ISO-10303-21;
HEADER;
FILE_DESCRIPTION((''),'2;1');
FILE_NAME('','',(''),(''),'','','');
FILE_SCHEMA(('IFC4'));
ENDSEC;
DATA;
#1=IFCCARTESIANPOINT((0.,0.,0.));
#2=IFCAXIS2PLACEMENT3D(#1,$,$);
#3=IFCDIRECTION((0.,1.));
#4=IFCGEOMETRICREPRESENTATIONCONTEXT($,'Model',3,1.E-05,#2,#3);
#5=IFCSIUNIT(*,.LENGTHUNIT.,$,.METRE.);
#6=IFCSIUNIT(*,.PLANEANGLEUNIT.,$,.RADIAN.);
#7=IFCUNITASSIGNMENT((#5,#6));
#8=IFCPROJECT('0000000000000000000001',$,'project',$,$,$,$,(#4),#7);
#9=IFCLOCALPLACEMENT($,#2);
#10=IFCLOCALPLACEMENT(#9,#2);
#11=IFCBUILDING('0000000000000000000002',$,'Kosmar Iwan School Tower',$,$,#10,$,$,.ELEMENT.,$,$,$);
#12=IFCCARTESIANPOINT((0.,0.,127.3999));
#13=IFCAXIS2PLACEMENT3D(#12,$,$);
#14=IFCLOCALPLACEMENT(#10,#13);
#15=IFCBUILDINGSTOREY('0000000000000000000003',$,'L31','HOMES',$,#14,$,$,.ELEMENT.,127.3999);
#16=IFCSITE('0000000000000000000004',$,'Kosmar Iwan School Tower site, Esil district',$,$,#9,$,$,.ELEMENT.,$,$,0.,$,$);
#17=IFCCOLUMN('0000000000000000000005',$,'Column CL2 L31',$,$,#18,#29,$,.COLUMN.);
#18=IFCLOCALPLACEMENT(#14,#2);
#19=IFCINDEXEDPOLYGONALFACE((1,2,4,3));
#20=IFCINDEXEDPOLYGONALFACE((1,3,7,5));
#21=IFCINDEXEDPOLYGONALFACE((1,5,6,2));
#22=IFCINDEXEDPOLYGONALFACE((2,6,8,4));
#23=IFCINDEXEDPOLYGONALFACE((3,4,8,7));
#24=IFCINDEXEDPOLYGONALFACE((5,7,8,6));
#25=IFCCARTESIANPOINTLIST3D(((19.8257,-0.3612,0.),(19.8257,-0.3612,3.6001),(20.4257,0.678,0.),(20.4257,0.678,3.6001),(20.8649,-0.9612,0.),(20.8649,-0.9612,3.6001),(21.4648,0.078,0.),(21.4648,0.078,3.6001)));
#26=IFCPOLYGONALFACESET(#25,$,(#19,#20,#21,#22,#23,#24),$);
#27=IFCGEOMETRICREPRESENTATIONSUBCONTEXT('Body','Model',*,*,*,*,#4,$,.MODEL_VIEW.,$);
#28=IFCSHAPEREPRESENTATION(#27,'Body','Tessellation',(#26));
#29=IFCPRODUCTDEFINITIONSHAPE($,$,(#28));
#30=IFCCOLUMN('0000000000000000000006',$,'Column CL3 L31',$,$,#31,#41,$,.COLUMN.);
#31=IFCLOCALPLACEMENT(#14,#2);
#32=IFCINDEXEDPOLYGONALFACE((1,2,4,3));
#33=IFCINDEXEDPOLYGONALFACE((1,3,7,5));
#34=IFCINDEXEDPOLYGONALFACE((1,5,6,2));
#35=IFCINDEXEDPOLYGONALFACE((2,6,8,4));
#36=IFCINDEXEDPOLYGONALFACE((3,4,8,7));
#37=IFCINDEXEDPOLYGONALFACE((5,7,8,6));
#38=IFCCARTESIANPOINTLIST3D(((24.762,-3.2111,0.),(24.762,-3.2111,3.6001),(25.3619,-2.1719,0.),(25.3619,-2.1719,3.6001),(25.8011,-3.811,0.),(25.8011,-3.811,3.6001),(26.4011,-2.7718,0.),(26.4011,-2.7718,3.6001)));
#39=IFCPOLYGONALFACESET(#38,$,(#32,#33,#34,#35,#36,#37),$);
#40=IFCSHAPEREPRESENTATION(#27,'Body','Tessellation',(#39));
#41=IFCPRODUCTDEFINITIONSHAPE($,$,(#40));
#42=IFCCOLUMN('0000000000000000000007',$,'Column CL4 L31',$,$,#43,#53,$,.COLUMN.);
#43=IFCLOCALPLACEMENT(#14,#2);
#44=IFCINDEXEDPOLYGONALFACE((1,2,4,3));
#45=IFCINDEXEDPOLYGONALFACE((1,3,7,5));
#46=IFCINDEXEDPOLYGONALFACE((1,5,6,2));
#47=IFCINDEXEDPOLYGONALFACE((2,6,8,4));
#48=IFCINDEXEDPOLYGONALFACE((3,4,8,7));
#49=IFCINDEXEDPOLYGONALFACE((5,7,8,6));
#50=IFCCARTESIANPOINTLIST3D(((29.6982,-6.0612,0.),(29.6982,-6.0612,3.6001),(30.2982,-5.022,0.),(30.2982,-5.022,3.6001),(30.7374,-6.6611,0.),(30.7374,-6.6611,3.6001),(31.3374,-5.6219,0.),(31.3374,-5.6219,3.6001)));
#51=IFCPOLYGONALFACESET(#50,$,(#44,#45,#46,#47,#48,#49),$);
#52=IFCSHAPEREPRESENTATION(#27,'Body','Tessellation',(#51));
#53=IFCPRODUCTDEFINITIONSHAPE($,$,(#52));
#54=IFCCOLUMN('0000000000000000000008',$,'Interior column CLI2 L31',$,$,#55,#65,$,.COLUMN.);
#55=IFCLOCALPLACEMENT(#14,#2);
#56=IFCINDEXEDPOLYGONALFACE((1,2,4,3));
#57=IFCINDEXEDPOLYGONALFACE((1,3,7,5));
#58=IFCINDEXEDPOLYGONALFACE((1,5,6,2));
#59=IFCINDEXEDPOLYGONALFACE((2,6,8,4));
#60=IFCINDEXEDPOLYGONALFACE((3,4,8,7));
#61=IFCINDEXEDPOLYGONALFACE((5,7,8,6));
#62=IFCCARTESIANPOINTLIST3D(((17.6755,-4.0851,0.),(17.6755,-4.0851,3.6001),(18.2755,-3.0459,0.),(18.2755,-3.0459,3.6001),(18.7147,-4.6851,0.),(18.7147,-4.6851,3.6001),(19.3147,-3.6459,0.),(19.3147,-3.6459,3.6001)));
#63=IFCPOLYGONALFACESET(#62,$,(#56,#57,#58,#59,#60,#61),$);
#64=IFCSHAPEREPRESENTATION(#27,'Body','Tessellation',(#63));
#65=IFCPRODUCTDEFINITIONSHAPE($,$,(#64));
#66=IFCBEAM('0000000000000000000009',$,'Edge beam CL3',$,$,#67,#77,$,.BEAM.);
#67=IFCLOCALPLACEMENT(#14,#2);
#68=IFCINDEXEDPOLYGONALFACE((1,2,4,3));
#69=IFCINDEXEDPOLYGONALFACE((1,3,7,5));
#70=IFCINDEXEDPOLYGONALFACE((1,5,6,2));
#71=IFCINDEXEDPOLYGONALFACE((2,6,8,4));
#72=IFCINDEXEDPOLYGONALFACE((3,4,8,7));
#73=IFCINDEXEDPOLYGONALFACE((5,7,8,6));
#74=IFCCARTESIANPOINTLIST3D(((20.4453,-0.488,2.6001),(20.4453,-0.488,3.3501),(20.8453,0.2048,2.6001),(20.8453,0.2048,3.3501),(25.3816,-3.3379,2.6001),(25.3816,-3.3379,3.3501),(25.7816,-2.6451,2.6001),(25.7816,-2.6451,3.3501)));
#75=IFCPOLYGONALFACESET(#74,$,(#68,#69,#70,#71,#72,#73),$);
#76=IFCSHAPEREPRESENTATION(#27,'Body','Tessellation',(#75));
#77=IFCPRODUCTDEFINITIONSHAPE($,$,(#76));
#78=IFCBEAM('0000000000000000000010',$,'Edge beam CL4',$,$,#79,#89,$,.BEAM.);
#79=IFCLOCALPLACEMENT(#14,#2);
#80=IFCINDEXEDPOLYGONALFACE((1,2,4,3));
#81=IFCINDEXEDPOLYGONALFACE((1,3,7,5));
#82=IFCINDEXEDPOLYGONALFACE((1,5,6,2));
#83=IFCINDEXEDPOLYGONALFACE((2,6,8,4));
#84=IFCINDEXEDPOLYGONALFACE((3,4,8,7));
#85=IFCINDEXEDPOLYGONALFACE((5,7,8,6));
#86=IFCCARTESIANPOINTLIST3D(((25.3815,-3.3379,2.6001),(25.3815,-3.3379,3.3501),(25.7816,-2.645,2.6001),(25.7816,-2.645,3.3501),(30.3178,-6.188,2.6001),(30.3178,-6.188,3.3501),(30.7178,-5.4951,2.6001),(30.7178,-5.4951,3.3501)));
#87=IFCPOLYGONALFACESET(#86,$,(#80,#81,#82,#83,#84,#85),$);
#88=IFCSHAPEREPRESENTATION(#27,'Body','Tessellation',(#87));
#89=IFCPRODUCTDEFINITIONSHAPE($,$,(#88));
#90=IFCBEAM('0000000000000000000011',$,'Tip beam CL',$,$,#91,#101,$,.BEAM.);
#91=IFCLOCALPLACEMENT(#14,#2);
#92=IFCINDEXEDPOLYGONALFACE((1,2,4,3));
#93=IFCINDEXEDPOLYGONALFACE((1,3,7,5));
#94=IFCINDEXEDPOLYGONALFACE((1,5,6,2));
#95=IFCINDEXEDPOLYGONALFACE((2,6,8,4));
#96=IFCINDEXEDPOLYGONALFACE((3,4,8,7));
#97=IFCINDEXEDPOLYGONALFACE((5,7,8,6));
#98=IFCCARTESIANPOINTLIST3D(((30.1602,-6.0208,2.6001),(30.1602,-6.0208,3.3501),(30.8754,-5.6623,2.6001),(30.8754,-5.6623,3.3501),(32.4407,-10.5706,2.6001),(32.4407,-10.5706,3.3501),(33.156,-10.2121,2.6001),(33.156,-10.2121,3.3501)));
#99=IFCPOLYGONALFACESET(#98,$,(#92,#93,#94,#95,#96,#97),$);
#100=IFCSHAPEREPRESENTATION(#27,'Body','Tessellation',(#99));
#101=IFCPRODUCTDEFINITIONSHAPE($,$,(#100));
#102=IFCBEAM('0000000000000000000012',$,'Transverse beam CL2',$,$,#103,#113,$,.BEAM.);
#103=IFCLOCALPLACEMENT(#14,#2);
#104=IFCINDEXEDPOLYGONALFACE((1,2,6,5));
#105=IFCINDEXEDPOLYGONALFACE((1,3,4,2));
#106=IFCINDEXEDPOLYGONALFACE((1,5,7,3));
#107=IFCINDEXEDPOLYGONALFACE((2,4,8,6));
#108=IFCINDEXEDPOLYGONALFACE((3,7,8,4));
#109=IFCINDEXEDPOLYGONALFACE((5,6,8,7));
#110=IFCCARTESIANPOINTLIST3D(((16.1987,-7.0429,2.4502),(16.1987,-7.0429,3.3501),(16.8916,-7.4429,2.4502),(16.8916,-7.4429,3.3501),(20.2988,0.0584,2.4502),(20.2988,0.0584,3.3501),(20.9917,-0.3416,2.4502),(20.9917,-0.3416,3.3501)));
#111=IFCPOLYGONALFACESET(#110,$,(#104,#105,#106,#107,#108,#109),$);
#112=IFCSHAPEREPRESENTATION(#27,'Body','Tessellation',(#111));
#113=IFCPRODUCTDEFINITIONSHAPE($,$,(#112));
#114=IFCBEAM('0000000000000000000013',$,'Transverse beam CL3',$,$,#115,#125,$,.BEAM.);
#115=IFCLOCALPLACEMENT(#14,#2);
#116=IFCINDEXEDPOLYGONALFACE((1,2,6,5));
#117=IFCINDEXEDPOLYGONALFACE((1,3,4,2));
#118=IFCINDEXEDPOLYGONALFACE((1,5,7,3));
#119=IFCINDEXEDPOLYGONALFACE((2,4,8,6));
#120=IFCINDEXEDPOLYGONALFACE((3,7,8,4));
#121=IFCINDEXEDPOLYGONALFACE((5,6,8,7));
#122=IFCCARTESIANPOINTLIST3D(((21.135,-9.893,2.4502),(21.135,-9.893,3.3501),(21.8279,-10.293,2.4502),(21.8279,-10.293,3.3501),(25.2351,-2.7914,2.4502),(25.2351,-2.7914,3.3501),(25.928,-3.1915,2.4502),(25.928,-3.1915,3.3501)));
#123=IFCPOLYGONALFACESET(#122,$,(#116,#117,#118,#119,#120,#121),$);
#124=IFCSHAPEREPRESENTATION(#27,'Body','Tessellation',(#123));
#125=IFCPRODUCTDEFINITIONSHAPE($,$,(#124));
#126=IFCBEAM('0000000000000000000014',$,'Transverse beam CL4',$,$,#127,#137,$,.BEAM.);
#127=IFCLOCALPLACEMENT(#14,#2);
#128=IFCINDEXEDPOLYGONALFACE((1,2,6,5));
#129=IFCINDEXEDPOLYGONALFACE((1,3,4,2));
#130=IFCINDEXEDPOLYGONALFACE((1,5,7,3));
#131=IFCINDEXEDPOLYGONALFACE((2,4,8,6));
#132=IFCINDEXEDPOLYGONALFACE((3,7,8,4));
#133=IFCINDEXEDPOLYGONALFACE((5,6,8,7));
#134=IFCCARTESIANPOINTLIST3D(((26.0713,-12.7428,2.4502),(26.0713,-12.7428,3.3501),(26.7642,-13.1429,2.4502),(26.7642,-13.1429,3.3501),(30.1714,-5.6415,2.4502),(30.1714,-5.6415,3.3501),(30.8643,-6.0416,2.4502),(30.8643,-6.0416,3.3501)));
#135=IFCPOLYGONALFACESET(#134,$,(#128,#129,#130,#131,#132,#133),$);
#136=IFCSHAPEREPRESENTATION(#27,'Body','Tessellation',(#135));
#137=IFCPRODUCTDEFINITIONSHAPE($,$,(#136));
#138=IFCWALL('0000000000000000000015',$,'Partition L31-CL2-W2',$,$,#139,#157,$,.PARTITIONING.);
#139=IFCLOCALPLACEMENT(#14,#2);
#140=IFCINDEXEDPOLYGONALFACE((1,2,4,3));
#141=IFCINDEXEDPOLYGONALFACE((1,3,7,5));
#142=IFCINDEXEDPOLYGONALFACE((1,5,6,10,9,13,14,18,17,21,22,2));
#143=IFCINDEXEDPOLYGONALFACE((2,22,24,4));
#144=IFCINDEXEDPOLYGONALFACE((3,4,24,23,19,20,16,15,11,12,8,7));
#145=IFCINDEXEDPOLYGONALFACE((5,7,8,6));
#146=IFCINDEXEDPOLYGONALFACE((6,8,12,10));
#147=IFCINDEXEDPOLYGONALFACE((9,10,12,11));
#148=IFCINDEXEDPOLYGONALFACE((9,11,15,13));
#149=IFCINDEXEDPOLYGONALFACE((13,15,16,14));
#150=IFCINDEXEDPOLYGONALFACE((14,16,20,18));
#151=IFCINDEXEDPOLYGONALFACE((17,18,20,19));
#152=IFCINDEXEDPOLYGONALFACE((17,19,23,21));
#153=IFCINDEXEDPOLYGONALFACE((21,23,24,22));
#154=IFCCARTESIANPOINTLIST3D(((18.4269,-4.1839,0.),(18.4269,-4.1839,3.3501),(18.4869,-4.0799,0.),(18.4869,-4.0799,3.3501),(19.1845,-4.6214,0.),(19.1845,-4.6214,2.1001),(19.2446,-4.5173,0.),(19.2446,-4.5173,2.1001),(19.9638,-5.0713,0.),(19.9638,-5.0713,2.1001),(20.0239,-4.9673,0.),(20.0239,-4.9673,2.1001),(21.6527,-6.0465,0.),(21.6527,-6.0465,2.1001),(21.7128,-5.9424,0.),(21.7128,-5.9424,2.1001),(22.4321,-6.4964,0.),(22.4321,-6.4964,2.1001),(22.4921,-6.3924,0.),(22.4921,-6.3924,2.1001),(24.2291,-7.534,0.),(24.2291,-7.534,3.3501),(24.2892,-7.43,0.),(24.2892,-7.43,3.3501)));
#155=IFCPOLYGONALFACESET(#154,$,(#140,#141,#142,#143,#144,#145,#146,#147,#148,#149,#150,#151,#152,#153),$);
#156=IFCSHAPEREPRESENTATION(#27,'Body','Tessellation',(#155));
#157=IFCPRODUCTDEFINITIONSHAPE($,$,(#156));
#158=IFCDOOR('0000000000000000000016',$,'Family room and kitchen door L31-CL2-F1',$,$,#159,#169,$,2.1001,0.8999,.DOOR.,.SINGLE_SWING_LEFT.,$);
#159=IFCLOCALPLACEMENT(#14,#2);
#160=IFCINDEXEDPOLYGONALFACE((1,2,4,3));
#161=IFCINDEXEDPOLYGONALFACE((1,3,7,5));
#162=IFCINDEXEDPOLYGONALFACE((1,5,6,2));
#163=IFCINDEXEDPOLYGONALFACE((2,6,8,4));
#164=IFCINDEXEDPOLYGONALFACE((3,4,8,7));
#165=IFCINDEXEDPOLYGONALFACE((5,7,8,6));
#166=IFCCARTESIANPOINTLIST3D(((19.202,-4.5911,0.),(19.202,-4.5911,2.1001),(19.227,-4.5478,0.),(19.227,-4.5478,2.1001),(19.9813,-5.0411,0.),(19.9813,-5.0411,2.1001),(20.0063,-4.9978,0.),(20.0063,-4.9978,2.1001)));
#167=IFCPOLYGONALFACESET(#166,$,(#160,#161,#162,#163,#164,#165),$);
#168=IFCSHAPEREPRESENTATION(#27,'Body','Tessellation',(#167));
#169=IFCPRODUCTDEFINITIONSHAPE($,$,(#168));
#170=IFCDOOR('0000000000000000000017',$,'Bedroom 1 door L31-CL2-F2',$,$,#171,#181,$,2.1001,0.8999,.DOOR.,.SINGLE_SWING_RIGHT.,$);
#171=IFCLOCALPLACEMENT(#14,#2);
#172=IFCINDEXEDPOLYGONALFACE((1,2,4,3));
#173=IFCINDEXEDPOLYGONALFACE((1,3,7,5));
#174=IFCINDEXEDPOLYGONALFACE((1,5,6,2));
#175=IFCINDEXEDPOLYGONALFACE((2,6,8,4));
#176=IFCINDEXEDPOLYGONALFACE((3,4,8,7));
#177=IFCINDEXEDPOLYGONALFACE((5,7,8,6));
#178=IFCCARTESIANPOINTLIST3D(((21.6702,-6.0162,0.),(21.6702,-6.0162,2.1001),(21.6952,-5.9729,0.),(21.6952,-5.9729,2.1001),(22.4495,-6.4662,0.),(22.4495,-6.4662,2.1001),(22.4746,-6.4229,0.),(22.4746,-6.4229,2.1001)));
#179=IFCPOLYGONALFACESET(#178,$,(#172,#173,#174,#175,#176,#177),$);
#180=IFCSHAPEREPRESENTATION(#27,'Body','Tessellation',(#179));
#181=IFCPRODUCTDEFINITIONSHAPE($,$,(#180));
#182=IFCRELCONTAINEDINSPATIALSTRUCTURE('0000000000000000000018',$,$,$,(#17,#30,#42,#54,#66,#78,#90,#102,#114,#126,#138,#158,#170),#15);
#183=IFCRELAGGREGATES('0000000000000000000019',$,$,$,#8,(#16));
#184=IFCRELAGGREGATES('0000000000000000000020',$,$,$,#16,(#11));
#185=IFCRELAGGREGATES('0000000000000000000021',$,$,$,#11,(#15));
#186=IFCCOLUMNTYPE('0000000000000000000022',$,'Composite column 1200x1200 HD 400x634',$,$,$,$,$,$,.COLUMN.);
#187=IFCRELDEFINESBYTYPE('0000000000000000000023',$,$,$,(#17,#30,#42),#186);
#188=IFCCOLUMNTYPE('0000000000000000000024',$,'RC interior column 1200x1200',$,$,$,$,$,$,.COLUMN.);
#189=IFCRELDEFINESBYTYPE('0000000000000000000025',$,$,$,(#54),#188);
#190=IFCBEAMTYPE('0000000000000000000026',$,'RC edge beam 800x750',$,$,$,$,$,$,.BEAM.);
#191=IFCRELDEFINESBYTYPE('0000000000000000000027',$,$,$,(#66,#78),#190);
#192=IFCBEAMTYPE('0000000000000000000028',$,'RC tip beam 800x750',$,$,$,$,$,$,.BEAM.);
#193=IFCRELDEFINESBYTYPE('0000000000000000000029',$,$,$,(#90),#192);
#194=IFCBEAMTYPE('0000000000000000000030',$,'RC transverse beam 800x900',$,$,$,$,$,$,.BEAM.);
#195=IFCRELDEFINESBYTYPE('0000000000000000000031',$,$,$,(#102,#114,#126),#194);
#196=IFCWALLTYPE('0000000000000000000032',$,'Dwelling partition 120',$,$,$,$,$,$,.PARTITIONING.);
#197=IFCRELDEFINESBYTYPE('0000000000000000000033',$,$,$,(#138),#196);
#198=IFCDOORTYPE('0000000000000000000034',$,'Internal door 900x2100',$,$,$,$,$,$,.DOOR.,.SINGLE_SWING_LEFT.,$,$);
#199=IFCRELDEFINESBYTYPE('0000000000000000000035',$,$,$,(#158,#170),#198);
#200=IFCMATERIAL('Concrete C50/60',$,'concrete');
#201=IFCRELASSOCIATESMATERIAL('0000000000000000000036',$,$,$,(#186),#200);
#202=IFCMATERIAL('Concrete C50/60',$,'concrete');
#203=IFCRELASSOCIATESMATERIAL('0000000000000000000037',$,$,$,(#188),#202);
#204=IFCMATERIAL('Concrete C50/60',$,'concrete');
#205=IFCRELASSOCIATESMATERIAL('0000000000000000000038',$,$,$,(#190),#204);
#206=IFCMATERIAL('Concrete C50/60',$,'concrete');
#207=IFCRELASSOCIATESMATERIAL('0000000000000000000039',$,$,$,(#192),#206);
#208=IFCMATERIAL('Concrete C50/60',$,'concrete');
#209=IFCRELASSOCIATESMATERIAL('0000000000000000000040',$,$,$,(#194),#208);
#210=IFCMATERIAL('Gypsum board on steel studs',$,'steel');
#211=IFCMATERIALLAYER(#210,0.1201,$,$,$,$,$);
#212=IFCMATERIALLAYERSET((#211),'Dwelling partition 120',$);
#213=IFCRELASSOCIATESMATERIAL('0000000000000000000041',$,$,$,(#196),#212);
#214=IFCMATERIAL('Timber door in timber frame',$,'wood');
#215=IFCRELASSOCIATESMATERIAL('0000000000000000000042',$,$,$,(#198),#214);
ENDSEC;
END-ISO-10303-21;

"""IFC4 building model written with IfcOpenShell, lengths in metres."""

from ifc_helpers import new_model, si_unit, direction, frame, frame_2d, origin, origin_2d, place, context, subcontext, project, spatial, rectangle, extrude, material, layer, layer_set, material_profile, profile_set, type_object, element, fill, save


model = new_model("IFC4")

# Units and contexts
model_context = context("Model", 3, precision=1e-05, world=origin(), true_north=direction((0.0, 1.0)))
body_context = subcontext(model_context, "Body", "Model", "MODEL_VIEW")
ifc_project = project(units=[si_unit("LENGTHUNIT", "METRE"), si_unit("PLANEANGLEUNIT", "RADIAN")], contexts=[model_context])

# Site, building, storey
site_placement = place(None, origin())
site = spatial("IfcSite", under=ifc_project, at=site_placement, Name="Kosmar Iwan School Tower site, Esil district", CompositionType="ELEMENT", RefElevation=0.0)
building_placement = place(site_placement, origin())
building = spatial("IfcBuilding", under=site, at=building_placement, Name="Kosmar Iwan School Tower", CompositionType="ELEMENT")
storey_placement = place(building_placement, frame((0.0, 0.0, 127.3999)))
storey = spatial("IfcBuildingStorey", under=building, at=storey_placement, Name="L31", Description="HOMES", CompositionType="ELEMENT", Elevation=127.3999)

# Columns
ifc_material_1 = material(Name="Concrete C50/60", Category="concrete")
ifc_material_profile_1 = material_profile(ifc_material_1, rectangle(XDim=1.2, YDim=1.2, at=origin_2d()), Name="RC 1200x1200 + HD 400x634")
ifc_profile_set_1 = profile_set([ifc_material_profile_1], Name="Concrete C50/60")
column_type_1 = type_object("IfcColumnType", Name="Composite column 1200x1200 HD 400x634", PredefinedType="COLUMN", material=ifc_profile_set_1)
for number, where, z_axis, x_axis, name in (
    (1, (20.6453, -0.1416, 0.0), (0.0, 0.0, 1.0), (0.866025, -0.5, 0.0), "Column CL2 L31"),
    (2, (25.5815, -2.9915, 0.0), (0.0, 0.0, 1.0), (0.866025, -0.5, 0.0), "Column CL3 L31"),
    (3, (30.5178, -5.8416, 0.0), (0.0, 0.0, 1.0), (0.866025, -0.5, 0.0), "Column CL4 L31"),
):
    element("IfcColumn", number, at=place(storey_placement, frame(where, z_axis=z_axis, x_axis=x_axis)), inside=storey, type_object=column_type_1, Name=name, PredefinedType="COLUMN", context=body_context, shape_type="SweptSolid", body=[
        extrude(rectangle(XDim=1.2, YDim=1.2, at=origin_2d()), origin(), (0.0, 0.0, 1.0), 3.6001),
    ])
ifc_material_2 = material(Name="Concrete C50/60", Category="concrete")
ifc_material_profile_2 = material_profile(ifc_material_2, rectangle(XDim=1.2, YDim=1.2, at=origin_2d()), Name="RC 1200x1200")
ifc_profile_set_2 = profile_set([ifc_material_profile_2], Name="Concrete C50/60")
column_type_2 = type_object("IfcColumnType", Name="RC interior column 1200x1200", PredefinedType="COLUMN", material=ifc_profile_set_2)
column_placement = place(storey_placement, frame((18.4951, -3.8655, 0.0), z_axis=(0.0, 0.0, 1.0), x_axis=(0.866025, -0.5, 0.0)))
element("IfcColumn", 4, at=column_placement, inside=storey, type_object=column_type_2, Name="Interior column CLI2 L31", PredefinedType="COLUMN", context=body_context, shape_type="SweptSolid", body=[
    extrude(rectangle(XDim=1.2, YDim=1.2, at=origin_2d()), origin(), (0.0, 0.0, 1.0), 3.6001),
])

# Beams
ifc_material_3 = material(Name="Concrete C50/60", Category="concrete")
ifc_material_profile_3 = material_profile(ifc_material_3, rectangle(XDim=0.8, YDim=0.75, at=origin_2d()), Name="RC 800x750")
ifc_profile_set_3 = profile_set([ifc_material_profile_3], Name="Concrete C50/60")
beam_type_1 = type_object("IfcBeamType", Name="RC edge beam 800x750", PredefinedType="BEAM", material=ifc_profile_set_3)
for number, where, z_axis, x_axis, name in (
    (5, (20.6453, -0.1416, 2.9751), (0.866034, -0.499986, 0.0), (0.499986, 0.866034, 0.0), "Edge beam CL3"),
    (6, (25.5815, -2.9915, 2.9751), (0.866015, -0.500018, 0.0), (0.500018, 0.866015, 0.0), "Edge beam CL4"),
):
    element("IfcBeam", number, at=place(storey_placement, frame(where, z_axis=z_axis, x_axis=x_axis)), inside=storey, type_object=beam_type_1, Name=name, PredefinedType="BEAM", context=body_context, shape_type="SweptSolid", body=[
        extrude(rectangle(XDim=0.8, YDim=0.75, at=origin_2d()), origin(), (0.0, 0.0, 1.0), 5.7),
    ])
ifc_material_4 = material(Name="Concrete C50/60", Category="concrete")
ifc_material_profile_4 = material_profile(ifc_material_4, rectangle(XDim=0.8, YDim=0.75, at=origin_2d()), Name="RC 800x750")
ifc_profile_set_4 = profile_set([ifc_material_profile_4], Name="Concrete C50/60")
beam_type_2 = type_object("IfcBeamType", Name="RC tip beam 800x750", PredefinedType="BEAM", material=ifc_profile_set_4)
beam_1_placement = place(storey_placement, frame((30.5178, -5.8416, 2.9751), z_axis=(0.448096, -0.893985, 0.0), x_axis=(0.893985, 0.448096, 0.0)))
element("IfcBeam", 7, at=beam_1_placement, inside=storey, type_object=beam_type_2, Name="Tip beam CL", PredefinedType="BEAM", context=body_context, shape_type="SweptSolid", body=[
    extrude(rectangle(XDim=0.8, YDim=0.75, at=origin_2d()), origin(), (0.0, 0.0, 1.0), 5.0894),
])
ifc_material_5 = material(Name="Concrete C50/60", Category="concrete")
ifc_material_profile_5 = material_profile(ifc_material_5, rectangle(XDim=0.8, YDim=0.8999, at=origin_2d()), Name="RC 800x900")
ifc_profile_set_5 = profile_set([ifc_material_profile_5], Name="Concrete C50/60")
beam_type_3 = type_object("IfcBeamType", Name="RC transverse beam 800x900", PredefinedType="BEAM", material=ifc_profile_set_5)
beam_2_placement = place(storey_placement, frame((20.6453, -0.1416, 2.9001), z_axis=(-0.500014, -0.866018, 0.0), x_axis=(0.866018, -0.500014, 0.0)))
element("IfcBeam", 8, at=beam_2_placement, inside=storey, type_object=beam_type_3, Name="Transverse beam CL2", PredefinedType="BEAM", context=body_context, shape_type="SweptSolid", body=[
    extrude(rectangle(XDim=0.8, YDim=0.8999, at=origin_2d()), origin(), (0.0, 0.0, 1.0), 8.2),
])
beam_3_placement = place(storey_placement, frame((25.5815, -2.9915, 2.9001), z_axis=(-0.500001, -0.866025, 0.0), x_axis=(0.866025, -0.500001, 0.0)))
element("IfcBeam", 9, at=beam_3_placement, inside=storey, type_object=beam_type_3, Name="Transverse beam CL3", PredefinedType="BEAM", context=body_context, shape_type="SweptSolid", body=[
    extrude(rectangle(XDim=0.8, YDim=0.8999, at=origin_2d()), origin(), (0.0, 0.0, 1.0), 8.2002),
])
beam_4_placement = place(storey_placement, frame((30.5178, -5.8416, 2.9001), z_axis=(-0.500014, -0.866018, 0.0), x_axis=(0.866018, -0.500014, 0.0)))
element("IfcBeam", 10, at=beam_4_placement, inside=storey, type_object=beam_type_3, Name="Transverse beam CL4", PredefinedType="BEAM", context=body_context, shape_type="SweptSolid", body=[
    extrude(rectangle(XDim=0.8, YDim=0.8999, at=origin_2d()), origin(), (0.0, 0.0, 1.0), 8.2),
])

# Wall, openings, doors
ifc_material_6 = material(Name="Gypsum board on steel studs", Category="steel")
ifc_layer_1 = layer(ifc_material_6, 0.1201)
ifc_layer_set_1 = layer_set([ifc_layer_1], Name="Dwelling partition 120")
wall_type_1 = type_object("IfcWallType", Name="Dwelling partition 120", PredefinedType="PARTITIONING", material=ifc_layer_set_1)
wall_1_placement = place(storey_placement, frame((18.4568, -4.1318, 0.0), z_axis=(0.0, 0.0, 1.0), x_axis=(0.866014, -0.500019, 0.0)))
wall_1 = element("IfcWall", 11, at=wall_1_placement, inside=storey, type_object=wall_type_1, Name="Partition L31-CL2-W2", PredefinedType="PARTITIONING", context=body_context, shape_type="SweptSolid", body=[
    extrude(rectangle(XDim=6.7, YDim=0.1201, at=frame_2d((3.3501, 0.0))), origin(), (0.0, 0.0, 1.0), 3.3501),
])
opening_1_placement = place(wall_1_placement, frame((0.875, 0.0, 0.0)))
opening_1 = element("IfcOpeningElement", 12, at=opening_1_placement, cuts=wall_1, PredefinedType="OPENING", context=body_context, shape_type="SweptSolid", body=[
    extrude(rectangle(XDim=0.8999, YDim=2.1001, at=frame_2d((0.45, 1.05))), frame((0.0, 0.072, 0.0), z_axis=(0.0, -1.0, 0.0), x_axis=(1.0, 0.0, 0.0)), (0.0, 0.0, 1.0), 0.144),
])
opening_2_placement = place(wall_1_placement, frame((3.7251, 0.0, 0.0)))
opening_2 = element("IfcOpeningElement", 13, at=opening_2_placement, cuts=wall_1, PredefinedType="OPENING", context=body_context, shape_type="SweptSolid", body=[
    extrude(rectangle(XDim=0.8999, YDim=2.1001, at=frame_2d((0.45, 1.05))), frame((0.0, 0.072, 0.0), z_axis=(0.0, -1.0, 0.0), x_axis=(1.0, 0.0, 0.0)), (0.0, 0.0, 1.0), 0.144),
])
ifc_material_7 = material(Name="Timber door in timber frame", Category="wood")
door_type = type_object("IfcDoorType", Name="Internal door 900x2100", OperationType="SINGLE_SWING_LEFT", PredefinedType="DOOR", material=ifc_material_7)
door_1_placement = place(opening_1_placement, origin())
door_1 = element("IfcDoor", 14, at=door_1_placement, inside=storey, type_object=door_type, Name="Family room and kitchen door L31-CL2-F1", OperationType="SINGLE_SWING_LEFT", OverallHeight=2.1001, OverallWidth=0.8999, PredefinedType="DOOR", context=body_context, shape_type="SweptSolid", body=[
    extrude(rectangle(XDim=0.8999, YDim=2.1001, at=frame_2d((0.45, 1.05))), frame((0.0, 0.0249, 0.0), z_axis=(0.0, -1.0, 0.0), x_axis=(1.0, 0.0, 0.0)), (0.0, 0.0, 1.0), 0.05),
])
fill(opening_1, door_1)
door_2_placement = place(opening_2_placement, origin())
door_2 = element("IfcDoor", 15, at=door_2_placement, inside=storey, type_object=door_type, Name="Bedroom 1 door L31-CL2-F2", OperationType="SINGLE_SWING_RIGHT", OverallHeight=2.1001, OverallWidth=0.8999, PredefinedType="DOOR", context=body_context, shape_type="SweptSolid", body=[
    extrude(rectangle(XDim=0.8999, YDim=2.1001, at=frame_2d((0.45, 1.05))), frame((0.0, 0.0249, 0.0), z_axis=(0.0, -1.0, 0.0), x_axis=(1.0, 0.0, 0.0)), (0.0, 0.0, 1.0), 0.05),
])
fill(opening_2, door_2)

save(model, "model.ifc")
